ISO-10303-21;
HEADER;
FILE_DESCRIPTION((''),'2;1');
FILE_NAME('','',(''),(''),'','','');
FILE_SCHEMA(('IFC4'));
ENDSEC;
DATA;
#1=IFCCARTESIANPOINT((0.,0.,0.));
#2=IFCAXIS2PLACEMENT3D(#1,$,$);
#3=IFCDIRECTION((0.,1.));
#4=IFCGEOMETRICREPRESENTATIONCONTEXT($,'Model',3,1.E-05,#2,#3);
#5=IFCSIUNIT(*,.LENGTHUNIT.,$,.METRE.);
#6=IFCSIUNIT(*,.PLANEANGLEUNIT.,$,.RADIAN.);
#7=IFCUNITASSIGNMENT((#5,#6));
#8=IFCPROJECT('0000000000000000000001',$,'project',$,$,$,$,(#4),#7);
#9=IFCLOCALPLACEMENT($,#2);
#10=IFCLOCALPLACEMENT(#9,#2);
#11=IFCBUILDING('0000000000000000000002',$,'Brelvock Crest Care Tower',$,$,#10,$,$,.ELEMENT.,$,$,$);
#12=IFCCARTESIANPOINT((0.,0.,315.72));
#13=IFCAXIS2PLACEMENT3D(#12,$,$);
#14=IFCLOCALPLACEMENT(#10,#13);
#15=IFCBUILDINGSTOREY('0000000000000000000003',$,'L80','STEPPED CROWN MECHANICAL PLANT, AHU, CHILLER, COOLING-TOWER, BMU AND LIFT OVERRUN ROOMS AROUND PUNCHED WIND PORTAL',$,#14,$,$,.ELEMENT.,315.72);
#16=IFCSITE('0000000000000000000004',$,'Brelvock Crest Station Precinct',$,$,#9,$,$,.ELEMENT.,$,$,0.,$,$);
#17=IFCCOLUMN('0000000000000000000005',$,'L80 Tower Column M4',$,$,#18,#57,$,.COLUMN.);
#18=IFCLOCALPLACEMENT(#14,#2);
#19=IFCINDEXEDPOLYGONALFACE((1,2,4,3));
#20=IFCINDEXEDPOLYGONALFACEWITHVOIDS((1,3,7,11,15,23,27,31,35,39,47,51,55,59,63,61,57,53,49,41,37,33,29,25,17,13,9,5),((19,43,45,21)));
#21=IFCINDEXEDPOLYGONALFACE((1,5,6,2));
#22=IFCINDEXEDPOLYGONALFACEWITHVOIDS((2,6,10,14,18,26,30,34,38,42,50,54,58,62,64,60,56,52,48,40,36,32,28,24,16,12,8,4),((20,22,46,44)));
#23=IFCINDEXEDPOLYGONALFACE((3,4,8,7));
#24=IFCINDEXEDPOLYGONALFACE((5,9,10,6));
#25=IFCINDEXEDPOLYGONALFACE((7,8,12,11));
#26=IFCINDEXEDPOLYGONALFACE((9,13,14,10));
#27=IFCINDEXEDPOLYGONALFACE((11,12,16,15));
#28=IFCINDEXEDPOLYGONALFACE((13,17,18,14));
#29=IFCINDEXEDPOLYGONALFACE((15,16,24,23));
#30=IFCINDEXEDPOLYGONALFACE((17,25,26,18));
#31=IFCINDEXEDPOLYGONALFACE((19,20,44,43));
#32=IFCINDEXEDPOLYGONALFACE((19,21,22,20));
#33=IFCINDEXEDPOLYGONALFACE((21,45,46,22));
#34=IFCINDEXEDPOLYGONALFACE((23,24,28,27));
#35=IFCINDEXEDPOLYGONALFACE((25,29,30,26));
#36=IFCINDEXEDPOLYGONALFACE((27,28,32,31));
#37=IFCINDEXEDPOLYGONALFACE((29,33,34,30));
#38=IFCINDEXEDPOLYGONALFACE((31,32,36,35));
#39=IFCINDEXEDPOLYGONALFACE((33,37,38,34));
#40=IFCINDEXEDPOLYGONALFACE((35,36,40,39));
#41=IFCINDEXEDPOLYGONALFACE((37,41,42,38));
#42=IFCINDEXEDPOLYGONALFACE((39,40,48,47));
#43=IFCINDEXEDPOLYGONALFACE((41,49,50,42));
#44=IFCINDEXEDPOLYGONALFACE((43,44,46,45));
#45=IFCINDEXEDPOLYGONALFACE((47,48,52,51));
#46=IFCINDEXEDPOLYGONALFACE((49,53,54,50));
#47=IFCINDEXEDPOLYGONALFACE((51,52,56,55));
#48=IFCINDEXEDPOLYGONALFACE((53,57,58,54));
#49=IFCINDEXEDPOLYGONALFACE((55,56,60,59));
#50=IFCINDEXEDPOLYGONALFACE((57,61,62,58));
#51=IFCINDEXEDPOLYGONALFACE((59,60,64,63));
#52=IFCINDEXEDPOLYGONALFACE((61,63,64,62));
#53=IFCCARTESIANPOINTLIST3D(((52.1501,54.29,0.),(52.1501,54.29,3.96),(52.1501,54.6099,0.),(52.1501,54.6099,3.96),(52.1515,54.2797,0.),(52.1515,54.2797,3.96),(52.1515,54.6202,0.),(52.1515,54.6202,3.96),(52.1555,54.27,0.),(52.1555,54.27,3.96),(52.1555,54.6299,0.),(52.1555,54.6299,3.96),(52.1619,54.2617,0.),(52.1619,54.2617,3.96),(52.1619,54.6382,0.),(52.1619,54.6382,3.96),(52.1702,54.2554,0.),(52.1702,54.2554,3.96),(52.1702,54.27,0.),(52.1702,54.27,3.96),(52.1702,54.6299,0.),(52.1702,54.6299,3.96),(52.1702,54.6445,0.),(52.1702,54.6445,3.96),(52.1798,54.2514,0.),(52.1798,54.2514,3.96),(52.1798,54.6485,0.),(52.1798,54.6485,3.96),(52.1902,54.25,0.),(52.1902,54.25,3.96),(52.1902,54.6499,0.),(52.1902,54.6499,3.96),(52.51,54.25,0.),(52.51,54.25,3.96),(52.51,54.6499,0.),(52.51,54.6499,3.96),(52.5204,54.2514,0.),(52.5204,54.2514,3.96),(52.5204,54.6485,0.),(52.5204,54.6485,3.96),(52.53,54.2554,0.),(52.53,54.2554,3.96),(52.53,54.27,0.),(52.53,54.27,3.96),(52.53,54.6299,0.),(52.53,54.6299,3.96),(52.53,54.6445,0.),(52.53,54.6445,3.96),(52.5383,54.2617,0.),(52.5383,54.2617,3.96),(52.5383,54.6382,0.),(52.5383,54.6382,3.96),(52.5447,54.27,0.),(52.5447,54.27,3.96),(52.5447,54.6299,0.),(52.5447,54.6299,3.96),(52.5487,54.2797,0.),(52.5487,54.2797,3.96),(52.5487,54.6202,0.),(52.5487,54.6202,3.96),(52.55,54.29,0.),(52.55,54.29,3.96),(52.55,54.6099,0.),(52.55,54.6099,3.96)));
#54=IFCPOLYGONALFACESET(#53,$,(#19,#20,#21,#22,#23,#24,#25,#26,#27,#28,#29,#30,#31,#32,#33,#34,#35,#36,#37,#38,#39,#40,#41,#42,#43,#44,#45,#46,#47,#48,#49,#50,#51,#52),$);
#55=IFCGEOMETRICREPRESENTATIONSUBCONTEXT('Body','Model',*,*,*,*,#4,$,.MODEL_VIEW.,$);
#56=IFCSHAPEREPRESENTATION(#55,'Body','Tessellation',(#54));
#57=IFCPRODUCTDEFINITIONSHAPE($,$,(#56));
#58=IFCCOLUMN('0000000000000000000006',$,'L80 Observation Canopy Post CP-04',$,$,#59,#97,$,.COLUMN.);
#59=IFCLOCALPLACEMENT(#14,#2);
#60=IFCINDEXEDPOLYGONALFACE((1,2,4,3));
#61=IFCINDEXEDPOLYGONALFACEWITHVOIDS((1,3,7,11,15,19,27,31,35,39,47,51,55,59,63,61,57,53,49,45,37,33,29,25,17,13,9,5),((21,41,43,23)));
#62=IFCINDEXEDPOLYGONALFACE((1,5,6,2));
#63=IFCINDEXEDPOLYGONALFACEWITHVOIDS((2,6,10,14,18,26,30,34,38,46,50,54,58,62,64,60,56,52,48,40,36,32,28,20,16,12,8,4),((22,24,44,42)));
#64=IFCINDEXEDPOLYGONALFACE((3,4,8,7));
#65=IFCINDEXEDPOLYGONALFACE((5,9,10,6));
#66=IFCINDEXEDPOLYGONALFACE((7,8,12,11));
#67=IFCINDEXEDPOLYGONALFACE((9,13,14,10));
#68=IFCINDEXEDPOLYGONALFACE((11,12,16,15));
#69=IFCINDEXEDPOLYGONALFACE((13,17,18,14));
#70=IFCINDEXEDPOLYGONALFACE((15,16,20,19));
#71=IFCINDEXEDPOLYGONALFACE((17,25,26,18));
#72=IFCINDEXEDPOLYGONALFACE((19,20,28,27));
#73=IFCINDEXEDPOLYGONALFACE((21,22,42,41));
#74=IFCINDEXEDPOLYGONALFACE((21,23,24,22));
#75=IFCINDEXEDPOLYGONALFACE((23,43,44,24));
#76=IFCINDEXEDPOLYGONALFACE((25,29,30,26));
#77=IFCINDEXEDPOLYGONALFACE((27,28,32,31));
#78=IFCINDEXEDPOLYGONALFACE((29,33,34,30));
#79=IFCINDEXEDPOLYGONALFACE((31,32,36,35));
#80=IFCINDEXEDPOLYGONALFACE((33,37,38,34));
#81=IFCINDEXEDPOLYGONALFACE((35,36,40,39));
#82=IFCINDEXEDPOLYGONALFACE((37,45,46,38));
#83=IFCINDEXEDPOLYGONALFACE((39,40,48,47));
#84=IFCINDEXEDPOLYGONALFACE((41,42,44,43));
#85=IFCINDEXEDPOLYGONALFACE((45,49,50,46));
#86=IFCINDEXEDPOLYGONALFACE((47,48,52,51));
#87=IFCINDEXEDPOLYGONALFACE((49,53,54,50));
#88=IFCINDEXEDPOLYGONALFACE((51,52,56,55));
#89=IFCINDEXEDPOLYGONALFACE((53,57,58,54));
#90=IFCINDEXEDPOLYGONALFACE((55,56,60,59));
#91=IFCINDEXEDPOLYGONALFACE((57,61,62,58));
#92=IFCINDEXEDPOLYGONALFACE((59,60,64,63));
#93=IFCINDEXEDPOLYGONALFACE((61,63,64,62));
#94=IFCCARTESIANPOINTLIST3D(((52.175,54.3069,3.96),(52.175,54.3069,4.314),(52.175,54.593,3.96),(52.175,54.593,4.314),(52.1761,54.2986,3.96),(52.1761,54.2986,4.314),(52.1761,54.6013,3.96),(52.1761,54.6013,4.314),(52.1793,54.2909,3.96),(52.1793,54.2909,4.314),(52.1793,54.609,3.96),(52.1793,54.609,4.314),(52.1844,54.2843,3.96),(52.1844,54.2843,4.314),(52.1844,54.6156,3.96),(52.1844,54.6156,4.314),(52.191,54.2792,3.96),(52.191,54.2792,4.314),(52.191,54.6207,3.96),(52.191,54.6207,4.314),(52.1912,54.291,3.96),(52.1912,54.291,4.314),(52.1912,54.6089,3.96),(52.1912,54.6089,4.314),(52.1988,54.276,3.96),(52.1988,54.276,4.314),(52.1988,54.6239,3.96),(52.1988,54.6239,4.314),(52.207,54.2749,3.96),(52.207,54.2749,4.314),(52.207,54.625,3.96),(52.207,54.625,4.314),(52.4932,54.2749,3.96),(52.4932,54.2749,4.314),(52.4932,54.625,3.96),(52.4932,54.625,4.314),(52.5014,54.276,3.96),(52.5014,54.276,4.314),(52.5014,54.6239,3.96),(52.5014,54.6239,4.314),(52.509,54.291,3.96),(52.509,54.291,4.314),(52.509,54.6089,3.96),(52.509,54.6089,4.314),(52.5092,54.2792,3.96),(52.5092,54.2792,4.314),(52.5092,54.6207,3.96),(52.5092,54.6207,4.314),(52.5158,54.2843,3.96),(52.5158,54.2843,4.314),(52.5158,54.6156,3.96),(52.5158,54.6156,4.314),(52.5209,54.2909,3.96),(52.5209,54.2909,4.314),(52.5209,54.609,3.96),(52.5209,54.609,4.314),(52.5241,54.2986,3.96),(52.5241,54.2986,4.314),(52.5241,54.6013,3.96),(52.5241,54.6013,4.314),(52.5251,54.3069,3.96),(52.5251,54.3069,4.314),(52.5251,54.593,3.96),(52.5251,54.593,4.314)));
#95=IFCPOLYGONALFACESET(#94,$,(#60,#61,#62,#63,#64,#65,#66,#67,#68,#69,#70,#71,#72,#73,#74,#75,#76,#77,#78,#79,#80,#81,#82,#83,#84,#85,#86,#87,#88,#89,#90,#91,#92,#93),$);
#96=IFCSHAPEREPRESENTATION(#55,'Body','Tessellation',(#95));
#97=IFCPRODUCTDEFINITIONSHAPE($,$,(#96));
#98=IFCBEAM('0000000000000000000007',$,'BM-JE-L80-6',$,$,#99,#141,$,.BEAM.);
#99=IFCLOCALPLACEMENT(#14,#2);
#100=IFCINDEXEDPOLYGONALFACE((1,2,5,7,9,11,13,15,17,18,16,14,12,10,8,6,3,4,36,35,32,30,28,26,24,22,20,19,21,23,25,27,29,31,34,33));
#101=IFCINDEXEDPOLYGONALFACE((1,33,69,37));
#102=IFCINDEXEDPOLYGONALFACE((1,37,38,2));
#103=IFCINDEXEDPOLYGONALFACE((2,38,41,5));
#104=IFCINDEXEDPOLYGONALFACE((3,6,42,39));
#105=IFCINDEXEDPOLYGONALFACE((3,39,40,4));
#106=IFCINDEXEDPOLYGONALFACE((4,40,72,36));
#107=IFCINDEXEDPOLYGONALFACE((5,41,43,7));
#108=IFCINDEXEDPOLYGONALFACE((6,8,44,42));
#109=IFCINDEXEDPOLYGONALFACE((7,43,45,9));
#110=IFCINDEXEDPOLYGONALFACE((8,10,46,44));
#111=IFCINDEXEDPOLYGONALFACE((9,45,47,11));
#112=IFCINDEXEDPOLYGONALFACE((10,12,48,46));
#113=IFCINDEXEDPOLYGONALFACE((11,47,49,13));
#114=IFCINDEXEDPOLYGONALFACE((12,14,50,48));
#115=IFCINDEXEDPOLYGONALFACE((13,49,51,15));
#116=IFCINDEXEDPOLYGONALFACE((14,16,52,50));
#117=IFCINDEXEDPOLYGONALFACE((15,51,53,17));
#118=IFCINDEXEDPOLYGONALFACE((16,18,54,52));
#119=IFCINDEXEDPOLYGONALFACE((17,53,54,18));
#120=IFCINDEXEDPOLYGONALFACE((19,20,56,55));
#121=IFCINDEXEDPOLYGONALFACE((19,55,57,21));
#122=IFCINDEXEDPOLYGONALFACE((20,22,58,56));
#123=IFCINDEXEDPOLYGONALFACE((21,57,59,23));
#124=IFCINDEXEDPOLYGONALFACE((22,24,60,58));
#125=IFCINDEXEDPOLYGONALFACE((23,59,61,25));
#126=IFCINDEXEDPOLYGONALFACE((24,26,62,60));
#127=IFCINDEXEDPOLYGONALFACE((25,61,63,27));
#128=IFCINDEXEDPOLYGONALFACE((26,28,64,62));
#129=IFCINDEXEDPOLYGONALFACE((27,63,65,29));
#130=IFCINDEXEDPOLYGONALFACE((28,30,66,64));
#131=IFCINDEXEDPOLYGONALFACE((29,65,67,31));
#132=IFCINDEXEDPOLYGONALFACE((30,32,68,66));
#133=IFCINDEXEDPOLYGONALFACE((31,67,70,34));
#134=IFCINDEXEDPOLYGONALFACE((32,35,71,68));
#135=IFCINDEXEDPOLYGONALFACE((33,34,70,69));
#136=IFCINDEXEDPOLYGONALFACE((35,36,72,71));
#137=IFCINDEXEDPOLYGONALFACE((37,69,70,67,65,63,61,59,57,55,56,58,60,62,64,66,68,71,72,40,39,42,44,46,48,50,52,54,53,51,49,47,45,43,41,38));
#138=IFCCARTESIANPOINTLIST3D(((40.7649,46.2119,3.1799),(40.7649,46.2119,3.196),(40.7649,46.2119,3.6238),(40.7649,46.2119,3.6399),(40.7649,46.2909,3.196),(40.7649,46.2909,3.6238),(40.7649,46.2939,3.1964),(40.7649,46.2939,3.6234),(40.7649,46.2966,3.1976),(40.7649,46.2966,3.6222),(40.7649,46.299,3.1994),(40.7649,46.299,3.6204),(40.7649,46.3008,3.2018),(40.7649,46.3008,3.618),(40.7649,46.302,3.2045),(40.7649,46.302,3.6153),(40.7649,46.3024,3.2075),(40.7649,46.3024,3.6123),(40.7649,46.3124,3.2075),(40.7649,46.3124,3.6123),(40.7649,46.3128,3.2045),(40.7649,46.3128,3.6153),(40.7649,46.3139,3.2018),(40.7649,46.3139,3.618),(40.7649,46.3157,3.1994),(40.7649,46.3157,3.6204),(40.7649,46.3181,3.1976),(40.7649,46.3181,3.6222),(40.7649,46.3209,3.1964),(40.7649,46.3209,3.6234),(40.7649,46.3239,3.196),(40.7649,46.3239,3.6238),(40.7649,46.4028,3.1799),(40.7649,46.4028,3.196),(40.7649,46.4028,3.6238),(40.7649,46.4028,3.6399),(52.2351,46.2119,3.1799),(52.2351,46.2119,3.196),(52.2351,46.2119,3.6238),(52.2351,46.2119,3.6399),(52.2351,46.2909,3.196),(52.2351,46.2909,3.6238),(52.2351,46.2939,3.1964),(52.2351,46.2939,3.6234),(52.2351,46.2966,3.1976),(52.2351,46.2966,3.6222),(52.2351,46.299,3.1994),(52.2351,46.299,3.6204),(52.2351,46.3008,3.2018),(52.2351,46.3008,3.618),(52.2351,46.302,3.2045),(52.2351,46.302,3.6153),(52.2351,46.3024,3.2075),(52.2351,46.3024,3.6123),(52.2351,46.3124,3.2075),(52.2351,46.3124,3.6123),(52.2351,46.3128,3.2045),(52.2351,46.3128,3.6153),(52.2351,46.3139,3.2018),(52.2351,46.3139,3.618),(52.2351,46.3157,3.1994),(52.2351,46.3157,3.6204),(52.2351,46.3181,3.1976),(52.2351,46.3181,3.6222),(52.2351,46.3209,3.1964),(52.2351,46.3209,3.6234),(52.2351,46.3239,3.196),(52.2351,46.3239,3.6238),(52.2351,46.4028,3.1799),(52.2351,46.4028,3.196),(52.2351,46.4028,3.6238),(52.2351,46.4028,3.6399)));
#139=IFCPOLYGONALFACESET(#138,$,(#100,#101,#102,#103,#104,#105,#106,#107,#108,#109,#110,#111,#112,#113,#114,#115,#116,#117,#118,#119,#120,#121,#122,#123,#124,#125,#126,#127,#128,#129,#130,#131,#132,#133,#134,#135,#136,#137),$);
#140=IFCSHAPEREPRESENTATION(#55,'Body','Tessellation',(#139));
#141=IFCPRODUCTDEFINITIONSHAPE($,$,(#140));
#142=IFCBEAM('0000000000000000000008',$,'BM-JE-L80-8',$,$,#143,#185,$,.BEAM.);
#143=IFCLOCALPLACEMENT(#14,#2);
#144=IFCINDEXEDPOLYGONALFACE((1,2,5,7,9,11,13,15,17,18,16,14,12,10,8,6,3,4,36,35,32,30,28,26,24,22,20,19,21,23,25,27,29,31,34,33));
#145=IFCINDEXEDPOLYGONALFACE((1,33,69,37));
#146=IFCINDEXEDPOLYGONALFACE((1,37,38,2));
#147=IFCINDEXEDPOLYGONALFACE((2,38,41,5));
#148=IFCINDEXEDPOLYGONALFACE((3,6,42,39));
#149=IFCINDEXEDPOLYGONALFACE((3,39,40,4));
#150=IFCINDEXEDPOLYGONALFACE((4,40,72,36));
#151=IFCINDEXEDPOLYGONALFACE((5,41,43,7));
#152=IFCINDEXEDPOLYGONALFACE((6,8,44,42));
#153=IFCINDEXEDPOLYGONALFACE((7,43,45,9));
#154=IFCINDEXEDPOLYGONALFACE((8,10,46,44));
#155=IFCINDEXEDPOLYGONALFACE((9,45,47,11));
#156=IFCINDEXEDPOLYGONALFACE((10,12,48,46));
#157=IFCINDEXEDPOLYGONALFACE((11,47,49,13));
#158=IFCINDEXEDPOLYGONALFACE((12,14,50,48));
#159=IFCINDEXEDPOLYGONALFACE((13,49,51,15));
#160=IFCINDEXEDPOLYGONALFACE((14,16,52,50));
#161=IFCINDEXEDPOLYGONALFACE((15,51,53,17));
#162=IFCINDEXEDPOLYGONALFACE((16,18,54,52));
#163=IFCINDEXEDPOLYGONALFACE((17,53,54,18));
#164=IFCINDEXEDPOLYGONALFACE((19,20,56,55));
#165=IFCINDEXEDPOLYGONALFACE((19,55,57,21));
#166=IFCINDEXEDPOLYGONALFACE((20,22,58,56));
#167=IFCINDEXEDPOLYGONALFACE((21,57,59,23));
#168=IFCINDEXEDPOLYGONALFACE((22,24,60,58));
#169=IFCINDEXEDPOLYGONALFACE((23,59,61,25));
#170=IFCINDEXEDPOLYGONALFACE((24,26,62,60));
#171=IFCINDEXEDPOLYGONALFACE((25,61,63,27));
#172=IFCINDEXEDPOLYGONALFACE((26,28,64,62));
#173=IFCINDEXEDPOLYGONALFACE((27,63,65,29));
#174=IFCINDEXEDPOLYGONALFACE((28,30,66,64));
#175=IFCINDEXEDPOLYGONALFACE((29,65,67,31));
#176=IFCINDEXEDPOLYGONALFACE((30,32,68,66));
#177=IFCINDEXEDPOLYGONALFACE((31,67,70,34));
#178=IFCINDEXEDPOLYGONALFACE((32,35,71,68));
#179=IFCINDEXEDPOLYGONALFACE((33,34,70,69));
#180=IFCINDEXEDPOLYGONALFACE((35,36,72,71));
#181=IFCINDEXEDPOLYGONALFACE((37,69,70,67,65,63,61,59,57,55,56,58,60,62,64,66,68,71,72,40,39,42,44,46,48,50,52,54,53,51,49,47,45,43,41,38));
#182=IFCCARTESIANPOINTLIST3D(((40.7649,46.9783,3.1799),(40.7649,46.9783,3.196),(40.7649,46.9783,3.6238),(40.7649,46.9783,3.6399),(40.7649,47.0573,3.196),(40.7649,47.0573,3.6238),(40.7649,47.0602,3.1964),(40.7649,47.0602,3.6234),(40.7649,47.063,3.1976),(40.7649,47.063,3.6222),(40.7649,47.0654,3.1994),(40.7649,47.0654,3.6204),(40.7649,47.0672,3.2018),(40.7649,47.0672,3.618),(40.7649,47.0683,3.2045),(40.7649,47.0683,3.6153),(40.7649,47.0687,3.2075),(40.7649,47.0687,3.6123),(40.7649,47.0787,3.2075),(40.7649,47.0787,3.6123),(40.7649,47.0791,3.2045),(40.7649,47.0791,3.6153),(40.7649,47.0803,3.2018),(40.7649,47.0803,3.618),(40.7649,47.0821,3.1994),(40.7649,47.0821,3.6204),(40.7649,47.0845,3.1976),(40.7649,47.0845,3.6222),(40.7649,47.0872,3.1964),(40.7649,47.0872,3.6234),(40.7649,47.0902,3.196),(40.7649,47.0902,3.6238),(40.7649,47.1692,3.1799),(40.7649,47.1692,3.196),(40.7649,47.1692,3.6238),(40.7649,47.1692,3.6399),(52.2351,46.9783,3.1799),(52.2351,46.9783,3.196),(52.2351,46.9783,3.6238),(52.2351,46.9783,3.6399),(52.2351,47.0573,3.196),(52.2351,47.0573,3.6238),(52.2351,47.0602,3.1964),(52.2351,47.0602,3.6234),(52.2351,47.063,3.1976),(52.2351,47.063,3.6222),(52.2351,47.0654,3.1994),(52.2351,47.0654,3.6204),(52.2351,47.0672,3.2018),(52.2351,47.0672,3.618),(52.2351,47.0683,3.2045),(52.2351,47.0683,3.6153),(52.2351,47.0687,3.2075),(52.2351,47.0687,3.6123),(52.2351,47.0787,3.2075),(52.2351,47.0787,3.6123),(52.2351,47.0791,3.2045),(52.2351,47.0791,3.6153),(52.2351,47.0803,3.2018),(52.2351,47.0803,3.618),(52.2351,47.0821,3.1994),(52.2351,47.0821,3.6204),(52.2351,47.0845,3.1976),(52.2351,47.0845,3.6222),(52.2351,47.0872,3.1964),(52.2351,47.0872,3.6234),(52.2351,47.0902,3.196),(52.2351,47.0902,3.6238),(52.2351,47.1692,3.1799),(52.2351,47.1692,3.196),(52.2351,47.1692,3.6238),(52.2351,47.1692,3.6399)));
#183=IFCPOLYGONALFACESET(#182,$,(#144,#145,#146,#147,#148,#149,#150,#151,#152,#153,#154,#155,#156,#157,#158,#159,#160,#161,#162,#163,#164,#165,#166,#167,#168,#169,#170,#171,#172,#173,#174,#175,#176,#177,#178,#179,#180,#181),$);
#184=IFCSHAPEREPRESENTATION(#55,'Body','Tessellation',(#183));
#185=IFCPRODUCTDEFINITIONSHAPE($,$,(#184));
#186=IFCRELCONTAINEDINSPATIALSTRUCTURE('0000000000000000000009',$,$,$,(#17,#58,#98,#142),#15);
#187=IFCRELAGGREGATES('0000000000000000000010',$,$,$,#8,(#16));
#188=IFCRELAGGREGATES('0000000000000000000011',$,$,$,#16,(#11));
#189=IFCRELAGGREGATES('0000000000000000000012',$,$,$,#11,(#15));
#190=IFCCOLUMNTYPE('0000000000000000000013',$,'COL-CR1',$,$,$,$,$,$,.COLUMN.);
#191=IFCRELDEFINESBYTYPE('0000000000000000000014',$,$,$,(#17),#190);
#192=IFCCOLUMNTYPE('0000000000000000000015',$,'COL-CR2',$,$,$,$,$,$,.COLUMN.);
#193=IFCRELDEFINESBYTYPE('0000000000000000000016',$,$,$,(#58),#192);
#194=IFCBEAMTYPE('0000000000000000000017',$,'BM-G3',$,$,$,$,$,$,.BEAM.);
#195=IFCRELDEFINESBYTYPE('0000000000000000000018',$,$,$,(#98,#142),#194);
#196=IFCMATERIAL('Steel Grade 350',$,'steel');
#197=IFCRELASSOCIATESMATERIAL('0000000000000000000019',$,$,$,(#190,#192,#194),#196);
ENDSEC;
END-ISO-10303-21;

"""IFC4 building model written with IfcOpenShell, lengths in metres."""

from ifc_helpers import new_model, si_unit, direction, frame, origin, origin_2d, place, context, subcontext, project, spatial, hollow_rectangle, i_section, extrude, source, transform, mapped, material, material_profile, profile_set, type_object, element, save


model = new_model("IFC4")

# Units and contexts
model_context = context("Model", 3, precision=1e-05, world=origin(), true_north=direction((0.0, 1.0)))
body_context = subcontext(model_context, "Body", "Model", "MODEL_VIEW")
ifc_project = project(units=[si_unit("LENGTHUNIT", "METRE"), si_unit("PLANEANGLEUNIT", "RADIAN")], contexts=[model_context])

# Site, building, storey
site_placement = place(None, origin())
site = spatial("IfcSite", under=ifc_project, at=site_placement, Name="Brelvock Crest Station Precinct", CompositionType="ELEMENT", RefElevation=0.0)
building_placement = place(site_placement, origin())
building = spatial("IfcBuilding", under=site, at=building_placement, Name="Brelvock Crest Care Tower", CompositionType="ELEMENT")
storey_placement = place(building_placement, frame((0.0, 0.0, 315.72)))
storey = spatial("IfcBuildingStorey", under=building, at=storey_placement, Name="L80", Description="STEPPED CROWN MECHANICAL PLANT, AHU, CHILLER, COOLING-TOWER, BMU AND LIFT OVERRUN ROOMS AROUND PUNCHED WIND PORTAL", CompositionType="ELEMENT", Elevation=315.72)

# Columns
ifc_material_1 = material(Name="Steel Grade 350", Category="steel")
ifc_material_profile_1 = material_profile(ifc_material_1, hollow_rectangle(XDim=0.3999, YDim=0.3999, WallThickness=0.02, OuterFilletRadius=0.04, at=origin_2d()), Name="SHS400x400x20.0")
ifc_profile_set_1 = profile_set([ifc_material_profile_1], Name="Steel Grade 350")
column_type_1 = type_object("IfcColumnType", Name="COL-CR1", PredefinedType="COLUMN", material=ifc_profile_set_1)
shared_shape_1 = source(origin(), body_context, "Body", "SweptSolid", [
    extrude(hollow_rectangle(XDim=0.3999, YDim=0.3999, WallThickness=0.02, OuterFilletRadius=0.04, at=origin_2d()), origin(), (0.0, 0.0, 1.0), 3.96),
])
column_1_placement = place(storey_placement, frame((52.3501, 54.45, 0.0), z_axis=(0.0, 0.0, 1.0), x_axis=(1.0, 0.0, 0.0)))
element("IfcColumn", 1, at=column_1_placement, inside=storey, type_object=column_type_1, Name="L80 Tower Column M4", PredefinedType="COLUMN", context=body_context, shape_type="MappedRepresentation", body=[
    mapped(shared_shape_1, transform((0.0, 0.0, 0.0), x_axis=(1.0, 0.0, 0.0), y_axis=(0.0, 1.0, 0.0), z_axis=(0.0, 0.0, 1.0), scale=1.0)),
])
ifc_material_profile_2 = material_profile(ifc_material_1, hollow_rectangle(XDim=0.3501, YDim=0.3501, WallThickness=0.0161, OuterFilletRadius=0.032, at=origin_2d()), Name="SHS350x350x16.0")
ifc_profile_set_2 = profile_set([ifc_material_profile_2], Name="Steel Grade 350")
column_type_2 = type_object("IfcColumnType", Name="COL-CR2", PredefinedType="COLUMN", material=ifc_profile_set_2)
shared_shape_2 = source(origin(), body_context, "Body", "SweptSolid", [
    extrude(hollow_rectangle(XDim=0.3501, YDim=0.3501, WallThickness=0.0161, OuterFilletRadius=0.032, at=origin_2d()), origin(), (0.0, 0.0, 1.0), 0.354),
])
column_2_placement = place(storey_placement, frame((52.3501, 54.45, 3.96), z_axis=(0.0, 0.0, 1.0), x_axis=(1.0, 0.0, 0.0)))
element("IfcColumn", 2, at=column_2_placement, inside=storey, type_object=column_type_2, Name="L80 Observation Canopy Post CP-04", PredefinedType="COLUMN", context=body_context, shape_type="MappedRepresentation", body=[
    mapped(shared_shape_2, transform((0.0, 0.0, 0.0), x_axis=(1.0, 0.0, 0.0), y_axis=(0.0, 1.0, 0.0), z_axis=(0.0, 0.0, 1.0), scale=1.0)),
])

# Beams
ifc_material_profile_3 = material_profile(ifc_material_1, i_section(OverallWidth=0.1909, OverallDepth=0.46, WebThickness=0.01, FlangeThickness=0.0161, FilletRadius=0.0115, at=origin_2d()), Name="460UB82.1")
ifc_profile_set_3 = profile_set([ifc_material_profile_3], Name="Steel Grade 350")
beam_type_1 = type_object("IfcBeamType", Name="BM-G3", PredefinedType="BEAM", material=ifc_profile_set_3)
shared_shape_3 = source(origin(), body_context, "Body", "SweptSolid", [
    extrude(i_section(OverallWidth=0.1909, OverallDepth=0.46, WebThickness=0.01, FlangeThickness=0.0161, FilletRadius=0.0115, at=origin_2d()), origin(), (0.0, 0.0, 1.0), 11.4702),
])
for number, where, z_axis, x_axis, name in (
    (3, (40.7649, 46.3074, 3.4099), (1.0, 0.0, 0.0), (0.0, 1.0, 0.0), "BM-JE-L80-6"),
    (4, (40.7649, 47.0737, 3.4099), (1.0, 0.0, 0.0), (0.0, 1.0, 0.0), "BM-JE-L80-8"),
):
    element("IfcBeam", number, at=place(storey_placement, frame(where, z_axis=z_axis, x_axis=x_axis)), inside=storey, type_object=beam_type_1, Name=name, PredefinedType="BEAM", context=body_context, shape_type="MappedRepresentation", body=[
        mapped(shared_shape_3, transform((0.0, 0.0, 0.0), x_axis=(1.0, 0.0, 0.0), y_axis=(0.0, 1.0, 0.0), z_axis=(0.0, 0.0, 1.0), scale=1.0)),
    ])

save(model, "model.ifc")
